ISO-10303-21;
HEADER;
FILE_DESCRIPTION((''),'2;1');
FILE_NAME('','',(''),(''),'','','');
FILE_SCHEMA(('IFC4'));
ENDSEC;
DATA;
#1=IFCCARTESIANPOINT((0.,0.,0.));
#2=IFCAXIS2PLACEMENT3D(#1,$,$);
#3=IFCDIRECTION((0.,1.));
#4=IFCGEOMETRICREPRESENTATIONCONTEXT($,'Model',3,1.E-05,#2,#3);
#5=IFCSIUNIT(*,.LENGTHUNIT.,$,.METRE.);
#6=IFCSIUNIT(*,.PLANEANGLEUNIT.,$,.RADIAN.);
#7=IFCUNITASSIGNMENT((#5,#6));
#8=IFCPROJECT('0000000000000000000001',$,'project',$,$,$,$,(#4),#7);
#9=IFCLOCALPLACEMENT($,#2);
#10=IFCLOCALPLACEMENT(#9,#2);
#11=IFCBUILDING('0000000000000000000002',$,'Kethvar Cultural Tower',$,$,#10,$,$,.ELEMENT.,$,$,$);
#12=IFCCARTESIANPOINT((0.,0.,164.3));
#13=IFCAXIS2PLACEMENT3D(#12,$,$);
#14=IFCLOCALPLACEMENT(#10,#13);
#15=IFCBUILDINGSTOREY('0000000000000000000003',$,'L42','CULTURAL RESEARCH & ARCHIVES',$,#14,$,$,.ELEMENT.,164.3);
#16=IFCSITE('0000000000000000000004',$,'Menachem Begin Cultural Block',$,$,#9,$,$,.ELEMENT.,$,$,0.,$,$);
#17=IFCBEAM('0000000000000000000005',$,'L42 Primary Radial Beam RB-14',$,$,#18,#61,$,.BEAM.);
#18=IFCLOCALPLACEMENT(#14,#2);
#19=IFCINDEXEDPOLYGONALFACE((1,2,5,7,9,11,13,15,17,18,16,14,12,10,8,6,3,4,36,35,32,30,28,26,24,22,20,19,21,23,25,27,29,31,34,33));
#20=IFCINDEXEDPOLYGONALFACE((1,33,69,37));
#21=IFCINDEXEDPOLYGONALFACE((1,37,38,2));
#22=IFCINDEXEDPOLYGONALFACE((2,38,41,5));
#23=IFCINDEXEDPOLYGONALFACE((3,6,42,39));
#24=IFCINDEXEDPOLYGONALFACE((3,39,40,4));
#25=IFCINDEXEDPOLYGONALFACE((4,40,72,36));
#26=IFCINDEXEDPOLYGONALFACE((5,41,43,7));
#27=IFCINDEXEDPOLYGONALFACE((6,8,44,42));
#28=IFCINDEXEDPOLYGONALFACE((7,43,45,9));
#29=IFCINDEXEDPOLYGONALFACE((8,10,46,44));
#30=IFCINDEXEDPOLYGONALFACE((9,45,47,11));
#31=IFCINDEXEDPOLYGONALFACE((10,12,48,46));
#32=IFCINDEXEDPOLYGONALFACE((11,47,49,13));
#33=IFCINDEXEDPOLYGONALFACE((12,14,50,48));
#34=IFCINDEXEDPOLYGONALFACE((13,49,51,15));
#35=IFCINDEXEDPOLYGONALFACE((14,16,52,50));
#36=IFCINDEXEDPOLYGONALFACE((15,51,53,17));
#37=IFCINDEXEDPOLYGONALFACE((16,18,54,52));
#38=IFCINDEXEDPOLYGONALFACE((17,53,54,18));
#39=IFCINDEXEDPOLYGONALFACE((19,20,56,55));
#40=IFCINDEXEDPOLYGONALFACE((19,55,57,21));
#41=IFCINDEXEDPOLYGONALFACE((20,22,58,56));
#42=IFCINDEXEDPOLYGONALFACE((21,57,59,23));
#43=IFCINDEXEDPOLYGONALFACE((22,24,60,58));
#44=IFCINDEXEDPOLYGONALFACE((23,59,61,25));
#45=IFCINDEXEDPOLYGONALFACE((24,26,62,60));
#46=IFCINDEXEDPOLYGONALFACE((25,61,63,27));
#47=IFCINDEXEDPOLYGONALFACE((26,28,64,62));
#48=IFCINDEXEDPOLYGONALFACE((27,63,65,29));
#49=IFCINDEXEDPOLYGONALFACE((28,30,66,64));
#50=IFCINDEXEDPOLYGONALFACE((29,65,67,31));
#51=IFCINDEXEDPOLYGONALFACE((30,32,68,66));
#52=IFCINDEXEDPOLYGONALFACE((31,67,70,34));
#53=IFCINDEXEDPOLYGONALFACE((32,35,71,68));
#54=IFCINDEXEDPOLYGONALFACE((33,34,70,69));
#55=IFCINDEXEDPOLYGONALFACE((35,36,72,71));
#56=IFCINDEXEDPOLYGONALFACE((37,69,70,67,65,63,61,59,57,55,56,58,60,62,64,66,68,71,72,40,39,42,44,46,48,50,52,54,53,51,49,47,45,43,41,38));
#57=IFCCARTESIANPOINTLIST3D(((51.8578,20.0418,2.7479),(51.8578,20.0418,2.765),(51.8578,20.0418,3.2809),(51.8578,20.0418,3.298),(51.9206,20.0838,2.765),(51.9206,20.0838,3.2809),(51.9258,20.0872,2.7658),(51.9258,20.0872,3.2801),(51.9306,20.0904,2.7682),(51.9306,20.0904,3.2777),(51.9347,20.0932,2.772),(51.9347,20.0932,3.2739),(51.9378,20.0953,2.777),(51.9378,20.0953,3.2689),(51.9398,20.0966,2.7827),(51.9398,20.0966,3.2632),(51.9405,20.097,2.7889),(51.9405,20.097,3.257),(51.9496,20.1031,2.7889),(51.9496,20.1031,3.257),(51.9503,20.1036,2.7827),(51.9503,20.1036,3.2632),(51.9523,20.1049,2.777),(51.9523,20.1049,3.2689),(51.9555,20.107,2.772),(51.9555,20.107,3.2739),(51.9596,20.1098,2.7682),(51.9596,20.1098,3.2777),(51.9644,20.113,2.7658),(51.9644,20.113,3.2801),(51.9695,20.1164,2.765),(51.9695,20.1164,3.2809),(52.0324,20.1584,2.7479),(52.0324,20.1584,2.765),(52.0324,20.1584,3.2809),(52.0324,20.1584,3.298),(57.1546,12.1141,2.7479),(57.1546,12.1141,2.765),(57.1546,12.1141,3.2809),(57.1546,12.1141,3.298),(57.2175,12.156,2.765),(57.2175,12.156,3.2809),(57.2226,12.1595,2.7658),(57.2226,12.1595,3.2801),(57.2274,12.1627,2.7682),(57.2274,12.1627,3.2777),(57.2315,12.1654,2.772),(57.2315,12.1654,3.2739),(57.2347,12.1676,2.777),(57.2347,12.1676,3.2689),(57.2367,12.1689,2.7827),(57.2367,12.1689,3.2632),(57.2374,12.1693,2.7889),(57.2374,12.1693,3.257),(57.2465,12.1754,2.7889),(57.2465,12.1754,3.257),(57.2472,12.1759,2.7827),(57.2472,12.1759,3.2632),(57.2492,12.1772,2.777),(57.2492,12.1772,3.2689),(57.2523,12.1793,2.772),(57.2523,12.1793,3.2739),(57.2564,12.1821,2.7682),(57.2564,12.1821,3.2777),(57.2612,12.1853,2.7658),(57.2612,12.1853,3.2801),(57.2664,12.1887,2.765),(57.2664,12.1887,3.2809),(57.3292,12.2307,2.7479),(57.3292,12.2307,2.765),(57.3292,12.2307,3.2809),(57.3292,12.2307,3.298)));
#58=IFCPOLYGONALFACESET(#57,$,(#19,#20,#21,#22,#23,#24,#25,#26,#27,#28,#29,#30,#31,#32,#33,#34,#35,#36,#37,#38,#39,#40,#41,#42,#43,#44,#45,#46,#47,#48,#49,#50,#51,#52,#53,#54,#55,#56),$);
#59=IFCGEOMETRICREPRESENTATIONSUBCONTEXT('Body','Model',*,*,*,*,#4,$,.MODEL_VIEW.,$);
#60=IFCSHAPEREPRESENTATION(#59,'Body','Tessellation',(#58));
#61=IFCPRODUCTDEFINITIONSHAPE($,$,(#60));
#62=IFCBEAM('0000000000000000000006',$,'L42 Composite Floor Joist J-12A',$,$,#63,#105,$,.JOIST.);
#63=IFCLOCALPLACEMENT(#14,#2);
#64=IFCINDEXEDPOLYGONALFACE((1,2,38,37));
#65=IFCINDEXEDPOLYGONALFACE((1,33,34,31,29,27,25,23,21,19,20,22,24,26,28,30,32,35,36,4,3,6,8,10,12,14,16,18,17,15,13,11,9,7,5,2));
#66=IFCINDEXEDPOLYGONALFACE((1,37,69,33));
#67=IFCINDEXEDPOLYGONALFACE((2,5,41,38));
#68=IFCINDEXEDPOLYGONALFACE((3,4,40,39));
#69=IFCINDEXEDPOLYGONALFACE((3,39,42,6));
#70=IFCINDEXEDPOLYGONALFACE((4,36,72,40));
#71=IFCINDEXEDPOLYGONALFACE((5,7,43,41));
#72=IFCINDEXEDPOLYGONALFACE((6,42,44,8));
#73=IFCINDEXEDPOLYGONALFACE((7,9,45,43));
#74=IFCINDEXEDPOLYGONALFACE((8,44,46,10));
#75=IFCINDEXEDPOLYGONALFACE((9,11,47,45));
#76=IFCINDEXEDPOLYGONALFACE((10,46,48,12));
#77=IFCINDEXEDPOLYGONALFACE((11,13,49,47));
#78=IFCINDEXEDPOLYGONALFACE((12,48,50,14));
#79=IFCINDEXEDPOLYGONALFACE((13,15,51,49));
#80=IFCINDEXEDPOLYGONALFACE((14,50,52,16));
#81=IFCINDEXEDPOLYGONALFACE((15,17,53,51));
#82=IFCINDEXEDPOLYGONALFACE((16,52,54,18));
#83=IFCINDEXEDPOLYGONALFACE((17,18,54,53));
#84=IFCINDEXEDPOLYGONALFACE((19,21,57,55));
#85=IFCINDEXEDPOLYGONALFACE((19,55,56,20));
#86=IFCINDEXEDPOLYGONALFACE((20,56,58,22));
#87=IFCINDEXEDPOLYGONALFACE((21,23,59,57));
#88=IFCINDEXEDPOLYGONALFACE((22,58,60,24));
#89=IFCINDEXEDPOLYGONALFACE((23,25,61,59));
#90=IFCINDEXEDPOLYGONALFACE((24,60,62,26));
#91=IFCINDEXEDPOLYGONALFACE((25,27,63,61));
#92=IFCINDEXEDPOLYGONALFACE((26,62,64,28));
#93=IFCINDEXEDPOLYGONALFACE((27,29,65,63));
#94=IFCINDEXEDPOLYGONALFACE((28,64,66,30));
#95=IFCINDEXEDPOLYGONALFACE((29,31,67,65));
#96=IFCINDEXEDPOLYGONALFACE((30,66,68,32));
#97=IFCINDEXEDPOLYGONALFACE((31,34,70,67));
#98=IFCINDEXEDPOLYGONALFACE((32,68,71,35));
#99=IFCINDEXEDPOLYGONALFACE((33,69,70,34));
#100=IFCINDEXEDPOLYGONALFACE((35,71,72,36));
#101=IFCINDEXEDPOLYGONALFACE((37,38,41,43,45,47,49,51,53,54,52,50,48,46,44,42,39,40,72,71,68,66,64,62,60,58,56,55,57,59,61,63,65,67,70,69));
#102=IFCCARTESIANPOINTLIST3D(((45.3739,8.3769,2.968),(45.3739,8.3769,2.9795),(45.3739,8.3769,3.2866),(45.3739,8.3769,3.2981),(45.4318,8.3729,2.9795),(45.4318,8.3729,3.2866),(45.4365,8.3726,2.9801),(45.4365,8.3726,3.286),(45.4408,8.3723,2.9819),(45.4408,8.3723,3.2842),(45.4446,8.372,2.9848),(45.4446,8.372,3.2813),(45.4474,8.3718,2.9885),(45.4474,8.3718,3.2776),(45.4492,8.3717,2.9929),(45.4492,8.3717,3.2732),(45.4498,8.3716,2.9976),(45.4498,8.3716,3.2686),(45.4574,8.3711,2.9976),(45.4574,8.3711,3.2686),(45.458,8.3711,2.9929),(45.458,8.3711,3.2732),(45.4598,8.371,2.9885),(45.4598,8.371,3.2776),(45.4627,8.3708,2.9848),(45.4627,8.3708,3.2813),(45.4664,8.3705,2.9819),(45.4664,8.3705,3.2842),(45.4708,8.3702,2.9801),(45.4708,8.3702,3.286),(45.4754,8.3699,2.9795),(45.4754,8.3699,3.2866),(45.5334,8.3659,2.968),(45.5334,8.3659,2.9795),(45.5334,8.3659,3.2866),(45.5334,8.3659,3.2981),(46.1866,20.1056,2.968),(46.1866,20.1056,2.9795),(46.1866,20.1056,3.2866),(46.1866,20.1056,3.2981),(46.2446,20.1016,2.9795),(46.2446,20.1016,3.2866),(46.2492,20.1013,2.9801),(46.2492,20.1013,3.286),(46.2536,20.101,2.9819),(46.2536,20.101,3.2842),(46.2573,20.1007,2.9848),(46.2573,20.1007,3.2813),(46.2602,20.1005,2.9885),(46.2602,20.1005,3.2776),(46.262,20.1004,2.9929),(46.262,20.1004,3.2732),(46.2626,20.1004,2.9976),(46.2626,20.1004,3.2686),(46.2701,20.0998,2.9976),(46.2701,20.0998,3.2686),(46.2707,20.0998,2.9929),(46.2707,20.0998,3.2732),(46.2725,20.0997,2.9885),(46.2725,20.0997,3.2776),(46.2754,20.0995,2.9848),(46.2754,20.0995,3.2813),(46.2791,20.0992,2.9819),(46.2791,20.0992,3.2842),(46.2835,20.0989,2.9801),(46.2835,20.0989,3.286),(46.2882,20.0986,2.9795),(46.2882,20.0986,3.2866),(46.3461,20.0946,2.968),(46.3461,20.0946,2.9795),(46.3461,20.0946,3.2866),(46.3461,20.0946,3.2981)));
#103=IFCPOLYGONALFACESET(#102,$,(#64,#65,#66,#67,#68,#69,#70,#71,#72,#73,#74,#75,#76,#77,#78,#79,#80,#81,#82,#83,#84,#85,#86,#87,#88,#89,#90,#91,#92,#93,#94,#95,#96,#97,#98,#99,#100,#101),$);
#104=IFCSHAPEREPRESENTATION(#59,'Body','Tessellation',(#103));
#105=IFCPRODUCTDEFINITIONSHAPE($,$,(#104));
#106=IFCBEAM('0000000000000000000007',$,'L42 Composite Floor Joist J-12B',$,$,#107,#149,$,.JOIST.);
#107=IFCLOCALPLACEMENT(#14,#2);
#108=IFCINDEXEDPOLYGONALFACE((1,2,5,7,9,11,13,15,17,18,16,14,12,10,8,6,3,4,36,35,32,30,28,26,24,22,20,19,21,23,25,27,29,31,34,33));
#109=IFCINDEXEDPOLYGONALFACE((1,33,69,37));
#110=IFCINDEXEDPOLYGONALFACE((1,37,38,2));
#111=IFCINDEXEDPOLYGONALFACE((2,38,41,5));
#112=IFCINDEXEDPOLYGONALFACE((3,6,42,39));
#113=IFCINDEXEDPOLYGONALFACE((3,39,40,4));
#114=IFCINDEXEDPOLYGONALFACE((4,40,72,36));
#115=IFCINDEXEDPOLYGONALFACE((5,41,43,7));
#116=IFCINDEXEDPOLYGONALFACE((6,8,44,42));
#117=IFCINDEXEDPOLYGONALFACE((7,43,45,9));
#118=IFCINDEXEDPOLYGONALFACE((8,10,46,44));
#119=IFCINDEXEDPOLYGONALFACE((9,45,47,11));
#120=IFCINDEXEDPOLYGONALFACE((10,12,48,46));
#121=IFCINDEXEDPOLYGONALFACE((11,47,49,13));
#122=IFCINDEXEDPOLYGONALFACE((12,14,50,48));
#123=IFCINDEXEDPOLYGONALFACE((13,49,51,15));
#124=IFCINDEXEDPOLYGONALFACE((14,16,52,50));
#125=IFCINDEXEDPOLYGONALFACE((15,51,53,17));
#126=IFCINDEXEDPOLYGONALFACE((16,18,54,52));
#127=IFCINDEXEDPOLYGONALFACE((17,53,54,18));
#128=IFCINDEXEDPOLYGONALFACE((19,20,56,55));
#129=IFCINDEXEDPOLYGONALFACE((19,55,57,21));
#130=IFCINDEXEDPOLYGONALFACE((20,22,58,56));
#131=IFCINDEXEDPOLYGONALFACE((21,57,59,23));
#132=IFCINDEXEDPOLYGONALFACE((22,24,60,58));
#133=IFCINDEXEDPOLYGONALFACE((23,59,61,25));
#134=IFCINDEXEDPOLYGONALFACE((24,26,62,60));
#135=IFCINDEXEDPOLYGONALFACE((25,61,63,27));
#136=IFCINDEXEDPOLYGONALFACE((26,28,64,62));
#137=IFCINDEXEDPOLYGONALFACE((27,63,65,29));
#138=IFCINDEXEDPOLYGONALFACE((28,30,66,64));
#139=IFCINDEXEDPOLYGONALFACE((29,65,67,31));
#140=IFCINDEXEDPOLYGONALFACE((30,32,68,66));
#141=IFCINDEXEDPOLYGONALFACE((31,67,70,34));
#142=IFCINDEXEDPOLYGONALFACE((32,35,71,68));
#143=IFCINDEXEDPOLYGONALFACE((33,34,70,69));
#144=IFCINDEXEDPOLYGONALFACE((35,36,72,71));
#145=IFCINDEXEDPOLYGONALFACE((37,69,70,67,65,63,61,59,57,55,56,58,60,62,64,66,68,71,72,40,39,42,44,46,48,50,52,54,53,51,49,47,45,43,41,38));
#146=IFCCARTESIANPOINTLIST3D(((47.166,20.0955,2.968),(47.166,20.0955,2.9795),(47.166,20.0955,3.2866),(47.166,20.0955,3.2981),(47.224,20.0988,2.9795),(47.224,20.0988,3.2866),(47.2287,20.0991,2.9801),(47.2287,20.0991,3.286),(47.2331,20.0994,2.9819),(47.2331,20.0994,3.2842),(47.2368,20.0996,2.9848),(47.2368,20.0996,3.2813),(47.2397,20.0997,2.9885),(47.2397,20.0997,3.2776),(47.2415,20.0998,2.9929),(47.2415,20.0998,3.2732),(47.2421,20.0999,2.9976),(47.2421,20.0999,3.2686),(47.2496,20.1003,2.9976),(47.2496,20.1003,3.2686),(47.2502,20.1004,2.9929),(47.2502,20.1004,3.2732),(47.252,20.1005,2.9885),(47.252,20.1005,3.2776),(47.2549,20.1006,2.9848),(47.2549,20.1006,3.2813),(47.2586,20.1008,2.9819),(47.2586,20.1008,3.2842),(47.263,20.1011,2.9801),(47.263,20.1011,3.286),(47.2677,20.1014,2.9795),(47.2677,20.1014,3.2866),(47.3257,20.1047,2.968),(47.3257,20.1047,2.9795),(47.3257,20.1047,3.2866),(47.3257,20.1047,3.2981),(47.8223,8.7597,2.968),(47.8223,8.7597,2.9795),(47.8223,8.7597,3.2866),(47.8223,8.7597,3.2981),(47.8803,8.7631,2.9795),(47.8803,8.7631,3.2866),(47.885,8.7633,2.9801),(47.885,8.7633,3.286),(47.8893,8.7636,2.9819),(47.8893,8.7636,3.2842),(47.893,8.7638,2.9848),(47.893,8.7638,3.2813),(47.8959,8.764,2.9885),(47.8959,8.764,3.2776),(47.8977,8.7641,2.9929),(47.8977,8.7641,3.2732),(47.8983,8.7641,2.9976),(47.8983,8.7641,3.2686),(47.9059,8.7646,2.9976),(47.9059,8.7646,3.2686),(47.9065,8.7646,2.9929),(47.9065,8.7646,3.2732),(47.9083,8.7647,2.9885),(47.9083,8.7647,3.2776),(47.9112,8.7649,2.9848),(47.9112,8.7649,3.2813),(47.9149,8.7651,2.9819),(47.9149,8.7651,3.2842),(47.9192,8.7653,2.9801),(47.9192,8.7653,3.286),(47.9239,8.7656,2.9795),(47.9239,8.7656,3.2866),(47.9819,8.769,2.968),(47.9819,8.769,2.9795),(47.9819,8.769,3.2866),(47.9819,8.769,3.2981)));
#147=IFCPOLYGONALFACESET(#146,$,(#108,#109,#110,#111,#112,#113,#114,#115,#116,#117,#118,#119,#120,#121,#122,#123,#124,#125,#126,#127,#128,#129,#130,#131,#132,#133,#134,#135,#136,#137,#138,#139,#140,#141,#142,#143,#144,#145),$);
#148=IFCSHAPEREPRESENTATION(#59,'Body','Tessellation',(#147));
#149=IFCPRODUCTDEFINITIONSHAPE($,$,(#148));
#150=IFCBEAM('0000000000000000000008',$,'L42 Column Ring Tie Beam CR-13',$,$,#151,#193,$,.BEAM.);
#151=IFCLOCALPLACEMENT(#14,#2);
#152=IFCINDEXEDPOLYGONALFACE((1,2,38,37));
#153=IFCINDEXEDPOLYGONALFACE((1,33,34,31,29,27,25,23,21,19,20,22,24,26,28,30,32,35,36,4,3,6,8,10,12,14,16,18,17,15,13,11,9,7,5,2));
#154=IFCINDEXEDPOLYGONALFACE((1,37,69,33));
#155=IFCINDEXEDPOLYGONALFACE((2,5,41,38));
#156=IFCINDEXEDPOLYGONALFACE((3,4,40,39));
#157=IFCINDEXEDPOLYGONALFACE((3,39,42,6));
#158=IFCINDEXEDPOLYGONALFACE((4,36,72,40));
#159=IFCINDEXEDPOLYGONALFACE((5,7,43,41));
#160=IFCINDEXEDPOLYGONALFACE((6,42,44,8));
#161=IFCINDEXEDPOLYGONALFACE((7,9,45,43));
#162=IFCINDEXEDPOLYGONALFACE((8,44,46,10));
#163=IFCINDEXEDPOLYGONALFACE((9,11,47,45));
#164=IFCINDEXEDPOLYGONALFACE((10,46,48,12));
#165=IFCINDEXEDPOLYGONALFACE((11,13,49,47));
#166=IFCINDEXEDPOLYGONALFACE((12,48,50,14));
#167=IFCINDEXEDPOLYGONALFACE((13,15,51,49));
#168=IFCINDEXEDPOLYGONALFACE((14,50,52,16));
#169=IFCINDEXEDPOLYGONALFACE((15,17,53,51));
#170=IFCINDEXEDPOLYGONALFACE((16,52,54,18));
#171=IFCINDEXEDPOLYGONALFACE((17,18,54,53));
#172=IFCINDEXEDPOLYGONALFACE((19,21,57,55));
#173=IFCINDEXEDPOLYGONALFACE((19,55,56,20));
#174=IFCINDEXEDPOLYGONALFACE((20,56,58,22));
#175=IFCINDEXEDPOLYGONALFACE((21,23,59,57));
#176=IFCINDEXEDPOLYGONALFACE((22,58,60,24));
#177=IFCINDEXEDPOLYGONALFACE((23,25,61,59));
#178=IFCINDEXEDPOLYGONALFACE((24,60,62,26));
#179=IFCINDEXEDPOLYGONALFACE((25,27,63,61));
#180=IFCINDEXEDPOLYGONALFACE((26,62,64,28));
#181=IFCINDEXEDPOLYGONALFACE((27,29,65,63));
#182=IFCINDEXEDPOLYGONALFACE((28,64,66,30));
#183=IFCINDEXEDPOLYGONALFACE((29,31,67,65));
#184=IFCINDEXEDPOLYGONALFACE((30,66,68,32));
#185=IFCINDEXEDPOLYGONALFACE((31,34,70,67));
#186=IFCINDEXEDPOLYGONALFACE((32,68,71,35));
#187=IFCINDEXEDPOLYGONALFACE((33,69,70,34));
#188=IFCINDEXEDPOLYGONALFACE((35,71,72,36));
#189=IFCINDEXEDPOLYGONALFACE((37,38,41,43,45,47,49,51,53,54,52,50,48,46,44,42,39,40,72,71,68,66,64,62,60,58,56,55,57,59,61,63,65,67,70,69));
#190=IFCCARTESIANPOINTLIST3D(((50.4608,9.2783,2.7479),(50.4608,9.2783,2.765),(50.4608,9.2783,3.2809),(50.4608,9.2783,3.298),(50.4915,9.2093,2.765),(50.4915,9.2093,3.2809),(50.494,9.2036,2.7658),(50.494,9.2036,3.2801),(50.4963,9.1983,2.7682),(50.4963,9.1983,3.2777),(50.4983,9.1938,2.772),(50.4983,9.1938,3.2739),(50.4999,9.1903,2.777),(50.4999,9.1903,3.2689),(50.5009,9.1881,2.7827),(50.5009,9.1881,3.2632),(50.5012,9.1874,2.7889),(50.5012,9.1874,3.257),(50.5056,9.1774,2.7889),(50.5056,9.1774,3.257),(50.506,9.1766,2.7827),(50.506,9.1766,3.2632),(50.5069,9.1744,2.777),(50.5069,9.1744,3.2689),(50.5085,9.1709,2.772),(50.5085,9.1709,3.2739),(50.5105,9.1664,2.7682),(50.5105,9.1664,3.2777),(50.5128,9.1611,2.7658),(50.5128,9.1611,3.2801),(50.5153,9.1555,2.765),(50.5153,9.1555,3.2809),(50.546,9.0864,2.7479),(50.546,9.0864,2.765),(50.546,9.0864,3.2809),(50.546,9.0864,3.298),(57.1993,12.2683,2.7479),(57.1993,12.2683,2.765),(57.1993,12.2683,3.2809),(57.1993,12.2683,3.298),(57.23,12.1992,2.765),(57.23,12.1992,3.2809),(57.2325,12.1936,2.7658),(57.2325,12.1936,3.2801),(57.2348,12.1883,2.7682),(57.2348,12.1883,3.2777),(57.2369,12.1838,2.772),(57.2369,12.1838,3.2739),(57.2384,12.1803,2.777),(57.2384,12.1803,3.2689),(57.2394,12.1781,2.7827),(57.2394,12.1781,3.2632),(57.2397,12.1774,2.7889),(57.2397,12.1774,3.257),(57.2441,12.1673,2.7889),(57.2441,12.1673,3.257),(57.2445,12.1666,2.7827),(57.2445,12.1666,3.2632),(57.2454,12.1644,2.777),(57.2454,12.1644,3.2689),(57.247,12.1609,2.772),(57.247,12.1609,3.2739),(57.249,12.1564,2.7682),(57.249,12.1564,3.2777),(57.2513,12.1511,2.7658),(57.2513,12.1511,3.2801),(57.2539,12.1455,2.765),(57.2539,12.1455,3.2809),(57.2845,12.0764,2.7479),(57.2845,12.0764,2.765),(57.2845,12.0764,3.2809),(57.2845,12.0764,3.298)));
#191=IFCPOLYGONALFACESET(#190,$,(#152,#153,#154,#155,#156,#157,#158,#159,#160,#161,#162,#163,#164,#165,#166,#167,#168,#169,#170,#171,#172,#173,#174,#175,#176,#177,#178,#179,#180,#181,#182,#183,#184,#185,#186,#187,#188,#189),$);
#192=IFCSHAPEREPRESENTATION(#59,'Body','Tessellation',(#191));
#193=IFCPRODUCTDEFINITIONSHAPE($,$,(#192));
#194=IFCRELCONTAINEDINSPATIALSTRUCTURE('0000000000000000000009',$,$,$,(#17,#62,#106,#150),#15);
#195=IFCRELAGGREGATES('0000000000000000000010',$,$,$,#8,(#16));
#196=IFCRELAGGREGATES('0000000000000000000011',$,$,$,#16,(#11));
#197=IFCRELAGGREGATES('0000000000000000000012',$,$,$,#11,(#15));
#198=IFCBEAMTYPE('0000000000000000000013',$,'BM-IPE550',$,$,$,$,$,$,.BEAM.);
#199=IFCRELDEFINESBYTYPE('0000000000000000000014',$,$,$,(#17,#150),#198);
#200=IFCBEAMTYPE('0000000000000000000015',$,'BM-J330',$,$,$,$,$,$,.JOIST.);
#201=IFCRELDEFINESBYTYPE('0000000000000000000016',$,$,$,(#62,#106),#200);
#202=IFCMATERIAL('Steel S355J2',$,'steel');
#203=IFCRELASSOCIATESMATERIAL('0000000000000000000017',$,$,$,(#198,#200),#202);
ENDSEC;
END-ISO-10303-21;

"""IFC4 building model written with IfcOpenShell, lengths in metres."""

from ifc_helpers import new_model, si_unit, direction, frame, origin, origin_2d, place, context, subcontext, project, spatial, i_section, extrude, source, transform, mapped, material, material_profile, profile_set, type_object, element, save


model = new_model("IFC4")

# Units and contexts
model_context = context("Model", 3, precision=1e-05, world=origin(), true_north=direction((0.0, 1.0)))
body_context = subcontext(model_context, "Body", "Model", "MODEL_VIEW")
ifc_project = project(units=[si_unit("LENGTHUNIT", "METRE"), si_unit("PLANEANGLEUNIT", "RADIAN")], contexts=[model_context])

# Site, building, storey
site_placement = place(None, origin())
site = spatial("IfcSite", under=ifc_project, at=site_placement, Name="Menachem Begin Cultural Block", CompositionType="ELEMENT", RefElevation=0.0)
building_placement = place(site_placement, origin())
building = spatial("IfcBuilding", under=site, at=building_placement, Name="Kethvar Cultural Tower", CompositionType="ELEMENT")
storey_placement = place(building_placement, frame((0.0, 0.0, 164.3)))
storey = spatial("IfcBuildingStorey", under=building, at=storey_placement, Name="L42", Description="CULTURAL RESEARCH & ARCHIVES", CompositionType="ELEMENT", Elevation=164.3)

# Beams
ifc_material_1 = material(Name="Steel S355J2", Category="steel")
ifc_material_profile_1 = material_profile(ifc_material_1, i_section(OverallWidth=0.21, OverallDepth=0.55, WebThickness=0.011, FlangeThickness=0.0171, FilletRadius=0.0239, at=origin_2d()), Name="Steel S355J2 — IPE550")
ifc_profile_set_1 = profile_set([ifc_material_profile_1], Name="Steel S355J2 — IPE550")
beam_type_1 = type_object("IfcBeamType", Name="BM-IPE550", PredefinedType="BEAM", material=ifc_profile_set_1)
shared_shape_1 = source(origin(), body_context, "Body", "SweptSolid", [
    extrude(i_section(OverallWidth=0.21, OverallDepth=0.55, WebThickness=0.011, FlangeThickness=0.0171, FilletRadius=0.0239, at=origin_2d()), origin(), (0.0, 0.0, 1.0), 9.5344),
])
beam_1_placement = place(storey_placement, frame((51.9451, 20.1001, 3.0229), z_axis=(0.555551, -0.831483, 0.0), x_axis=(0.831483, 0.555551, 0.0)))
element("IfcBeam", 1, at=beam_1_placement, inside=storey, type_object=beam_type_1, Name="L42 Primary Radial Beam RB-14", PredefinedType="BEAM", context=body_context, shape_type="MappedRepresentation", body=[
    mapped(shared_shape_1, transform((0.0, 0.0, 0.0), scale=1.0)),
])
ifc_material_profile_2 = material_profile(ifc_material_1, i_section(OverallWidth=0.1599, OverallDepth=0.3301, WebThickness=0.0076, FlangeThickness=0.0115, FilletRadius=0.0181, at=origin_2d()), Name="Steel S355J2 — IPE330")
ifc_profile_set_2 = profile_set([ifc_material_profile_2], Name="Steel S355J2 — IPE330")
beam_type_2 = type_object("IfcBeamType", Name="BM-J330", PredefinedType="JOIST", material=ifc_profile_set_2)
shared_shape_2 = source(origin(), body_context, "Body", "SweptSolid", [
    extrude(i_section(OverallWidth=0.1599, OverallDepth=0.3301, WebThickness=0.0076, FlangeThickness=0.0115, FilletRadius=0.0181, at=origin_2d()), origin(), (0.0, 0.0, 1.0), 11.7568),
])
beam_2_placement = place(storey_placement, frame((46.2664, 20.1001, 3.1331), z_axis=(-0.069129, -0.997608, 0.0), x_axis=(0.997608, -0.069129, 0.0)))
element("IfcBeam", 2, at=beam_2_placement, inside=storey, type_object=beam_type_2, Name="L42 Composite Floor Joist J-12A", PredefinedType="JOIST", context=body_context, shape_type="MappedRepresentation", body=[
    mapped(shared_shape_2, transform((0.0, 0.0, 0.0), scale=1.0)),
])
shared_shape_3 = source(origin(), body_context, "Body", "SweptSolid", [
    extrude(i_section(OverallWidth=0.1599, OverallDepth=0.3301, WebThickness=0.0076, FlangeThickness=0.0115, FilletRadius=0.0181, at=origin_2d()), origin(), (0.0, 0.0, 1.0), 11.3547),
])
beam_3_placement = place(storey_placement, frame((47.2458, 20.1001, 3.1331), z_axis=(0.057796, -0.998328, 0.0), x_axis=(0.998328, 0.057796, 0.0)))
element("IfcBeam", 3, at=beam_3_placement, inside=storey, type_object=beam_type_2, Name="L42 Composite Floor Joist J-12B", PredefinedType="JOIST", context=body_context, shape_type="MappedRepresentation", body=[
    mapped(shared_shape_3, transform((0.0, 0.0, 0.0), scale=1.0)),
])
shared_shape_4 = source(origin(), body_context, "Body", "SweptSolid", [
    extrude(i_section(OverallWidth=0.21, OverallDepth=0.55, WebThickness=0.011, FlangeThickness=0.0171, FilletRadius=0.0239, at=origin_2d()), origin(), (0.0, 0.0, 1.0), 7.3721),
])
beam_4_placement = place(storey_placement, frame((50.5034, 9.1824, 3.0229), z_axis=(0.914059, 0.405582, 0.0), x_axis=(-0.405582, 0.914059, 0.0)))
element("IfcBeam", 4, at=beam_4_placement, inside=storey, type_object=beam_type_1, Name="L42 Column Ring Tie Beam CR-13", PredefinedType="BEAM", context=body_context, shape_type="MappedRepresentation", body=[
    mapped(shared_shape_4, transform((0.0, 0.0, 0.0), scale=1.0)),
])

save(model, "model.ifc")
